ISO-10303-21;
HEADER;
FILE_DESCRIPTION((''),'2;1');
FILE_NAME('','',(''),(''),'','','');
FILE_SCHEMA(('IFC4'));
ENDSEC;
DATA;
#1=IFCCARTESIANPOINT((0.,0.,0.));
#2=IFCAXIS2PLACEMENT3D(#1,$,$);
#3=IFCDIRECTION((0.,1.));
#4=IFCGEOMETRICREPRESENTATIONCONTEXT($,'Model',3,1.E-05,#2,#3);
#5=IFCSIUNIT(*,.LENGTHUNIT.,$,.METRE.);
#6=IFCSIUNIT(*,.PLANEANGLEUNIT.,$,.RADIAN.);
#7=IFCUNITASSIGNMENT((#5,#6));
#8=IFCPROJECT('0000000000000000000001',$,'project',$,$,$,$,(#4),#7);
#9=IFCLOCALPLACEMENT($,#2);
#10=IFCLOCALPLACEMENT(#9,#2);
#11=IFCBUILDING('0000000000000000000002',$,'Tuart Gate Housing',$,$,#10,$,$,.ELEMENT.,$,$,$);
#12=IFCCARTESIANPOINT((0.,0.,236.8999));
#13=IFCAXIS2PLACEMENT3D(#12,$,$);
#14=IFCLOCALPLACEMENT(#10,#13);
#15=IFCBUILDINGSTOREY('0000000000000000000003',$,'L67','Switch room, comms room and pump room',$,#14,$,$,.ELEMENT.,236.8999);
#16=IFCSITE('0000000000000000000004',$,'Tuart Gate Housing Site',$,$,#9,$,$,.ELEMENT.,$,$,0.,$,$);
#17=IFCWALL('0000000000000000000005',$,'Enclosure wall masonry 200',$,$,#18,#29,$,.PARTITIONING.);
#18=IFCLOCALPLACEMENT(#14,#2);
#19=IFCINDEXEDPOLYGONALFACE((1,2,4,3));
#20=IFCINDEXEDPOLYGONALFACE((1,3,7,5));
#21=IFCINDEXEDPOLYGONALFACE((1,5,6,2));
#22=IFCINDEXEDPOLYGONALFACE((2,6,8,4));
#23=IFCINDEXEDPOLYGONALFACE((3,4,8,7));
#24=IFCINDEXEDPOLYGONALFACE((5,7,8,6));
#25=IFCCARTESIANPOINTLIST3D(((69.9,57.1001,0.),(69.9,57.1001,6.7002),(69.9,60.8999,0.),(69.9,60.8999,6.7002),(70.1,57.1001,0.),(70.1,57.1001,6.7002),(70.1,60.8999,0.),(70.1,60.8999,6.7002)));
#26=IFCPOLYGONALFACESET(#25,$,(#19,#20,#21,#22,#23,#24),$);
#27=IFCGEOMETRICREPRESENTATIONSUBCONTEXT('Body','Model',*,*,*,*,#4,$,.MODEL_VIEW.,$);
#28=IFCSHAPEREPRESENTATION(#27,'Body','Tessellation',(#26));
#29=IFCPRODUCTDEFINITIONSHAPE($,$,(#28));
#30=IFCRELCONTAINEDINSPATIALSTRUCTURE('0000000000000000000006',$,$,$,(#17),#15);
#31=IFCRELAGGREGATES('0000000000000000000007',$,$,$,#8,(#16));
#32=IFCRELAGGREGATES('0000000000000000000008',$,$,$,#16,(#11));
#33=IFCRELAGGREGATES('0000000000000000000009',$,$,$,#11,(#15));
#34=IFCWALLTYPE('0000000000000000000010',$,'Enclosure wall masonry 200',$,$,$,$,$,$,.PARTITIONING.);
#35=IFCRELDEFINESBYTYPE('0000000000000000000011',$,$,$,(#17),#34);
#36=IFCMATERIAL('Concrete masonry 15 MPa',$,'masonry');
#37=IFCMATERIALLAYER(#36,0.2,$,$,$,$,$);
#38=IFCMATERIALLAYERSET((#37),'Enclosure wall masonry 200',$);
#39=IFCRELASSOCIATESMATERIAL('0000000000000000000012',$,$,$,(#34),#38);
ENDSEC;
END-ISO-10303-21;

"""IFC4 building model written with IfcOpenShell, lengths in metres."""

from ifc_helpers import new_model, si_unit, direction, frame, frame_2d, origin, place, context, subcontext, project, spatial, rectangle, extrude, material, layer, layer_set, type_object, element, save


model = new_model("IFC4")

# Units and contexts
model_context = context("Model", 3, precision=1e-05, world=origin(), true_north=direction((0.0, 1.0)))
body_context = subcontext(model_context, "Body", "Model", "MODEL_VIEW")
ifc_project = project(units=[si_unit("LENGTHUNIT", "METRE"), si_unit("PLANEANGLEUNIT", "RADIAN")], contexts=[model_context])

# Site, building, storey
site_placement = place(None, origin())
site = spatial("IfcSite", under=ifc_project, at=site_placement, Name="Tuart Gate Housing Site", CompositionType="ELEMENT", RefElevation=0.0)
building_placement = place(site_placement, origin())
building = spatial("IfcBuilding", under=site, at=building_placement, Name="Tuart Gate Housing", CompositionType="ELEMENT")
storey_placement = place(building_placement, frame((0.0, 0.0, 236.8999)))
storey = spatial("IfcBuildingStorey", under=building, at=storey_placement, Name="L67", Description="Switch room, comms room and pump room", CompositionType="ELEMENT", Elevation=236.8999)

# Wall
ifc_material_1 = material(Name="Concrete masonry 15 MPa", Category="masonry")
ifc_layer_1 = layer(ifc_material_1, 0.2)
ifc_layer_set_1 = layer_set([ifc_layer_1], Name="Enclosure wall masonry 200")
wall_type_1 = type_object("IfcWallType", Name="Enclosure wall masonry 200", PredefinedType="PARTITIONING", material=ifc_layer_set_1)
wall_1_placement = place(storey_placement, frame((70.0, 57.1001, 0.0), z_axis=(0.0, 0.0, 1.0), x_axis=(0.0, 1.0, 0.0)))
element("IfcWall", 1, at=wall_1_placement, inside=storey, type_object=wall_type_1, Name="Enclosure wall masonry 200", PredefinedType="PARTITIONING", context=body_context, shape_type="SweptSolid", body=[
    extrude(rectangle(XDim=3.7998, YDim=0.2, at=frame_2d((1.8999, 0.0))), origin(), (0.0, 0.0, 1.0), 6.7002),
])

save(model, "model.ifc")
